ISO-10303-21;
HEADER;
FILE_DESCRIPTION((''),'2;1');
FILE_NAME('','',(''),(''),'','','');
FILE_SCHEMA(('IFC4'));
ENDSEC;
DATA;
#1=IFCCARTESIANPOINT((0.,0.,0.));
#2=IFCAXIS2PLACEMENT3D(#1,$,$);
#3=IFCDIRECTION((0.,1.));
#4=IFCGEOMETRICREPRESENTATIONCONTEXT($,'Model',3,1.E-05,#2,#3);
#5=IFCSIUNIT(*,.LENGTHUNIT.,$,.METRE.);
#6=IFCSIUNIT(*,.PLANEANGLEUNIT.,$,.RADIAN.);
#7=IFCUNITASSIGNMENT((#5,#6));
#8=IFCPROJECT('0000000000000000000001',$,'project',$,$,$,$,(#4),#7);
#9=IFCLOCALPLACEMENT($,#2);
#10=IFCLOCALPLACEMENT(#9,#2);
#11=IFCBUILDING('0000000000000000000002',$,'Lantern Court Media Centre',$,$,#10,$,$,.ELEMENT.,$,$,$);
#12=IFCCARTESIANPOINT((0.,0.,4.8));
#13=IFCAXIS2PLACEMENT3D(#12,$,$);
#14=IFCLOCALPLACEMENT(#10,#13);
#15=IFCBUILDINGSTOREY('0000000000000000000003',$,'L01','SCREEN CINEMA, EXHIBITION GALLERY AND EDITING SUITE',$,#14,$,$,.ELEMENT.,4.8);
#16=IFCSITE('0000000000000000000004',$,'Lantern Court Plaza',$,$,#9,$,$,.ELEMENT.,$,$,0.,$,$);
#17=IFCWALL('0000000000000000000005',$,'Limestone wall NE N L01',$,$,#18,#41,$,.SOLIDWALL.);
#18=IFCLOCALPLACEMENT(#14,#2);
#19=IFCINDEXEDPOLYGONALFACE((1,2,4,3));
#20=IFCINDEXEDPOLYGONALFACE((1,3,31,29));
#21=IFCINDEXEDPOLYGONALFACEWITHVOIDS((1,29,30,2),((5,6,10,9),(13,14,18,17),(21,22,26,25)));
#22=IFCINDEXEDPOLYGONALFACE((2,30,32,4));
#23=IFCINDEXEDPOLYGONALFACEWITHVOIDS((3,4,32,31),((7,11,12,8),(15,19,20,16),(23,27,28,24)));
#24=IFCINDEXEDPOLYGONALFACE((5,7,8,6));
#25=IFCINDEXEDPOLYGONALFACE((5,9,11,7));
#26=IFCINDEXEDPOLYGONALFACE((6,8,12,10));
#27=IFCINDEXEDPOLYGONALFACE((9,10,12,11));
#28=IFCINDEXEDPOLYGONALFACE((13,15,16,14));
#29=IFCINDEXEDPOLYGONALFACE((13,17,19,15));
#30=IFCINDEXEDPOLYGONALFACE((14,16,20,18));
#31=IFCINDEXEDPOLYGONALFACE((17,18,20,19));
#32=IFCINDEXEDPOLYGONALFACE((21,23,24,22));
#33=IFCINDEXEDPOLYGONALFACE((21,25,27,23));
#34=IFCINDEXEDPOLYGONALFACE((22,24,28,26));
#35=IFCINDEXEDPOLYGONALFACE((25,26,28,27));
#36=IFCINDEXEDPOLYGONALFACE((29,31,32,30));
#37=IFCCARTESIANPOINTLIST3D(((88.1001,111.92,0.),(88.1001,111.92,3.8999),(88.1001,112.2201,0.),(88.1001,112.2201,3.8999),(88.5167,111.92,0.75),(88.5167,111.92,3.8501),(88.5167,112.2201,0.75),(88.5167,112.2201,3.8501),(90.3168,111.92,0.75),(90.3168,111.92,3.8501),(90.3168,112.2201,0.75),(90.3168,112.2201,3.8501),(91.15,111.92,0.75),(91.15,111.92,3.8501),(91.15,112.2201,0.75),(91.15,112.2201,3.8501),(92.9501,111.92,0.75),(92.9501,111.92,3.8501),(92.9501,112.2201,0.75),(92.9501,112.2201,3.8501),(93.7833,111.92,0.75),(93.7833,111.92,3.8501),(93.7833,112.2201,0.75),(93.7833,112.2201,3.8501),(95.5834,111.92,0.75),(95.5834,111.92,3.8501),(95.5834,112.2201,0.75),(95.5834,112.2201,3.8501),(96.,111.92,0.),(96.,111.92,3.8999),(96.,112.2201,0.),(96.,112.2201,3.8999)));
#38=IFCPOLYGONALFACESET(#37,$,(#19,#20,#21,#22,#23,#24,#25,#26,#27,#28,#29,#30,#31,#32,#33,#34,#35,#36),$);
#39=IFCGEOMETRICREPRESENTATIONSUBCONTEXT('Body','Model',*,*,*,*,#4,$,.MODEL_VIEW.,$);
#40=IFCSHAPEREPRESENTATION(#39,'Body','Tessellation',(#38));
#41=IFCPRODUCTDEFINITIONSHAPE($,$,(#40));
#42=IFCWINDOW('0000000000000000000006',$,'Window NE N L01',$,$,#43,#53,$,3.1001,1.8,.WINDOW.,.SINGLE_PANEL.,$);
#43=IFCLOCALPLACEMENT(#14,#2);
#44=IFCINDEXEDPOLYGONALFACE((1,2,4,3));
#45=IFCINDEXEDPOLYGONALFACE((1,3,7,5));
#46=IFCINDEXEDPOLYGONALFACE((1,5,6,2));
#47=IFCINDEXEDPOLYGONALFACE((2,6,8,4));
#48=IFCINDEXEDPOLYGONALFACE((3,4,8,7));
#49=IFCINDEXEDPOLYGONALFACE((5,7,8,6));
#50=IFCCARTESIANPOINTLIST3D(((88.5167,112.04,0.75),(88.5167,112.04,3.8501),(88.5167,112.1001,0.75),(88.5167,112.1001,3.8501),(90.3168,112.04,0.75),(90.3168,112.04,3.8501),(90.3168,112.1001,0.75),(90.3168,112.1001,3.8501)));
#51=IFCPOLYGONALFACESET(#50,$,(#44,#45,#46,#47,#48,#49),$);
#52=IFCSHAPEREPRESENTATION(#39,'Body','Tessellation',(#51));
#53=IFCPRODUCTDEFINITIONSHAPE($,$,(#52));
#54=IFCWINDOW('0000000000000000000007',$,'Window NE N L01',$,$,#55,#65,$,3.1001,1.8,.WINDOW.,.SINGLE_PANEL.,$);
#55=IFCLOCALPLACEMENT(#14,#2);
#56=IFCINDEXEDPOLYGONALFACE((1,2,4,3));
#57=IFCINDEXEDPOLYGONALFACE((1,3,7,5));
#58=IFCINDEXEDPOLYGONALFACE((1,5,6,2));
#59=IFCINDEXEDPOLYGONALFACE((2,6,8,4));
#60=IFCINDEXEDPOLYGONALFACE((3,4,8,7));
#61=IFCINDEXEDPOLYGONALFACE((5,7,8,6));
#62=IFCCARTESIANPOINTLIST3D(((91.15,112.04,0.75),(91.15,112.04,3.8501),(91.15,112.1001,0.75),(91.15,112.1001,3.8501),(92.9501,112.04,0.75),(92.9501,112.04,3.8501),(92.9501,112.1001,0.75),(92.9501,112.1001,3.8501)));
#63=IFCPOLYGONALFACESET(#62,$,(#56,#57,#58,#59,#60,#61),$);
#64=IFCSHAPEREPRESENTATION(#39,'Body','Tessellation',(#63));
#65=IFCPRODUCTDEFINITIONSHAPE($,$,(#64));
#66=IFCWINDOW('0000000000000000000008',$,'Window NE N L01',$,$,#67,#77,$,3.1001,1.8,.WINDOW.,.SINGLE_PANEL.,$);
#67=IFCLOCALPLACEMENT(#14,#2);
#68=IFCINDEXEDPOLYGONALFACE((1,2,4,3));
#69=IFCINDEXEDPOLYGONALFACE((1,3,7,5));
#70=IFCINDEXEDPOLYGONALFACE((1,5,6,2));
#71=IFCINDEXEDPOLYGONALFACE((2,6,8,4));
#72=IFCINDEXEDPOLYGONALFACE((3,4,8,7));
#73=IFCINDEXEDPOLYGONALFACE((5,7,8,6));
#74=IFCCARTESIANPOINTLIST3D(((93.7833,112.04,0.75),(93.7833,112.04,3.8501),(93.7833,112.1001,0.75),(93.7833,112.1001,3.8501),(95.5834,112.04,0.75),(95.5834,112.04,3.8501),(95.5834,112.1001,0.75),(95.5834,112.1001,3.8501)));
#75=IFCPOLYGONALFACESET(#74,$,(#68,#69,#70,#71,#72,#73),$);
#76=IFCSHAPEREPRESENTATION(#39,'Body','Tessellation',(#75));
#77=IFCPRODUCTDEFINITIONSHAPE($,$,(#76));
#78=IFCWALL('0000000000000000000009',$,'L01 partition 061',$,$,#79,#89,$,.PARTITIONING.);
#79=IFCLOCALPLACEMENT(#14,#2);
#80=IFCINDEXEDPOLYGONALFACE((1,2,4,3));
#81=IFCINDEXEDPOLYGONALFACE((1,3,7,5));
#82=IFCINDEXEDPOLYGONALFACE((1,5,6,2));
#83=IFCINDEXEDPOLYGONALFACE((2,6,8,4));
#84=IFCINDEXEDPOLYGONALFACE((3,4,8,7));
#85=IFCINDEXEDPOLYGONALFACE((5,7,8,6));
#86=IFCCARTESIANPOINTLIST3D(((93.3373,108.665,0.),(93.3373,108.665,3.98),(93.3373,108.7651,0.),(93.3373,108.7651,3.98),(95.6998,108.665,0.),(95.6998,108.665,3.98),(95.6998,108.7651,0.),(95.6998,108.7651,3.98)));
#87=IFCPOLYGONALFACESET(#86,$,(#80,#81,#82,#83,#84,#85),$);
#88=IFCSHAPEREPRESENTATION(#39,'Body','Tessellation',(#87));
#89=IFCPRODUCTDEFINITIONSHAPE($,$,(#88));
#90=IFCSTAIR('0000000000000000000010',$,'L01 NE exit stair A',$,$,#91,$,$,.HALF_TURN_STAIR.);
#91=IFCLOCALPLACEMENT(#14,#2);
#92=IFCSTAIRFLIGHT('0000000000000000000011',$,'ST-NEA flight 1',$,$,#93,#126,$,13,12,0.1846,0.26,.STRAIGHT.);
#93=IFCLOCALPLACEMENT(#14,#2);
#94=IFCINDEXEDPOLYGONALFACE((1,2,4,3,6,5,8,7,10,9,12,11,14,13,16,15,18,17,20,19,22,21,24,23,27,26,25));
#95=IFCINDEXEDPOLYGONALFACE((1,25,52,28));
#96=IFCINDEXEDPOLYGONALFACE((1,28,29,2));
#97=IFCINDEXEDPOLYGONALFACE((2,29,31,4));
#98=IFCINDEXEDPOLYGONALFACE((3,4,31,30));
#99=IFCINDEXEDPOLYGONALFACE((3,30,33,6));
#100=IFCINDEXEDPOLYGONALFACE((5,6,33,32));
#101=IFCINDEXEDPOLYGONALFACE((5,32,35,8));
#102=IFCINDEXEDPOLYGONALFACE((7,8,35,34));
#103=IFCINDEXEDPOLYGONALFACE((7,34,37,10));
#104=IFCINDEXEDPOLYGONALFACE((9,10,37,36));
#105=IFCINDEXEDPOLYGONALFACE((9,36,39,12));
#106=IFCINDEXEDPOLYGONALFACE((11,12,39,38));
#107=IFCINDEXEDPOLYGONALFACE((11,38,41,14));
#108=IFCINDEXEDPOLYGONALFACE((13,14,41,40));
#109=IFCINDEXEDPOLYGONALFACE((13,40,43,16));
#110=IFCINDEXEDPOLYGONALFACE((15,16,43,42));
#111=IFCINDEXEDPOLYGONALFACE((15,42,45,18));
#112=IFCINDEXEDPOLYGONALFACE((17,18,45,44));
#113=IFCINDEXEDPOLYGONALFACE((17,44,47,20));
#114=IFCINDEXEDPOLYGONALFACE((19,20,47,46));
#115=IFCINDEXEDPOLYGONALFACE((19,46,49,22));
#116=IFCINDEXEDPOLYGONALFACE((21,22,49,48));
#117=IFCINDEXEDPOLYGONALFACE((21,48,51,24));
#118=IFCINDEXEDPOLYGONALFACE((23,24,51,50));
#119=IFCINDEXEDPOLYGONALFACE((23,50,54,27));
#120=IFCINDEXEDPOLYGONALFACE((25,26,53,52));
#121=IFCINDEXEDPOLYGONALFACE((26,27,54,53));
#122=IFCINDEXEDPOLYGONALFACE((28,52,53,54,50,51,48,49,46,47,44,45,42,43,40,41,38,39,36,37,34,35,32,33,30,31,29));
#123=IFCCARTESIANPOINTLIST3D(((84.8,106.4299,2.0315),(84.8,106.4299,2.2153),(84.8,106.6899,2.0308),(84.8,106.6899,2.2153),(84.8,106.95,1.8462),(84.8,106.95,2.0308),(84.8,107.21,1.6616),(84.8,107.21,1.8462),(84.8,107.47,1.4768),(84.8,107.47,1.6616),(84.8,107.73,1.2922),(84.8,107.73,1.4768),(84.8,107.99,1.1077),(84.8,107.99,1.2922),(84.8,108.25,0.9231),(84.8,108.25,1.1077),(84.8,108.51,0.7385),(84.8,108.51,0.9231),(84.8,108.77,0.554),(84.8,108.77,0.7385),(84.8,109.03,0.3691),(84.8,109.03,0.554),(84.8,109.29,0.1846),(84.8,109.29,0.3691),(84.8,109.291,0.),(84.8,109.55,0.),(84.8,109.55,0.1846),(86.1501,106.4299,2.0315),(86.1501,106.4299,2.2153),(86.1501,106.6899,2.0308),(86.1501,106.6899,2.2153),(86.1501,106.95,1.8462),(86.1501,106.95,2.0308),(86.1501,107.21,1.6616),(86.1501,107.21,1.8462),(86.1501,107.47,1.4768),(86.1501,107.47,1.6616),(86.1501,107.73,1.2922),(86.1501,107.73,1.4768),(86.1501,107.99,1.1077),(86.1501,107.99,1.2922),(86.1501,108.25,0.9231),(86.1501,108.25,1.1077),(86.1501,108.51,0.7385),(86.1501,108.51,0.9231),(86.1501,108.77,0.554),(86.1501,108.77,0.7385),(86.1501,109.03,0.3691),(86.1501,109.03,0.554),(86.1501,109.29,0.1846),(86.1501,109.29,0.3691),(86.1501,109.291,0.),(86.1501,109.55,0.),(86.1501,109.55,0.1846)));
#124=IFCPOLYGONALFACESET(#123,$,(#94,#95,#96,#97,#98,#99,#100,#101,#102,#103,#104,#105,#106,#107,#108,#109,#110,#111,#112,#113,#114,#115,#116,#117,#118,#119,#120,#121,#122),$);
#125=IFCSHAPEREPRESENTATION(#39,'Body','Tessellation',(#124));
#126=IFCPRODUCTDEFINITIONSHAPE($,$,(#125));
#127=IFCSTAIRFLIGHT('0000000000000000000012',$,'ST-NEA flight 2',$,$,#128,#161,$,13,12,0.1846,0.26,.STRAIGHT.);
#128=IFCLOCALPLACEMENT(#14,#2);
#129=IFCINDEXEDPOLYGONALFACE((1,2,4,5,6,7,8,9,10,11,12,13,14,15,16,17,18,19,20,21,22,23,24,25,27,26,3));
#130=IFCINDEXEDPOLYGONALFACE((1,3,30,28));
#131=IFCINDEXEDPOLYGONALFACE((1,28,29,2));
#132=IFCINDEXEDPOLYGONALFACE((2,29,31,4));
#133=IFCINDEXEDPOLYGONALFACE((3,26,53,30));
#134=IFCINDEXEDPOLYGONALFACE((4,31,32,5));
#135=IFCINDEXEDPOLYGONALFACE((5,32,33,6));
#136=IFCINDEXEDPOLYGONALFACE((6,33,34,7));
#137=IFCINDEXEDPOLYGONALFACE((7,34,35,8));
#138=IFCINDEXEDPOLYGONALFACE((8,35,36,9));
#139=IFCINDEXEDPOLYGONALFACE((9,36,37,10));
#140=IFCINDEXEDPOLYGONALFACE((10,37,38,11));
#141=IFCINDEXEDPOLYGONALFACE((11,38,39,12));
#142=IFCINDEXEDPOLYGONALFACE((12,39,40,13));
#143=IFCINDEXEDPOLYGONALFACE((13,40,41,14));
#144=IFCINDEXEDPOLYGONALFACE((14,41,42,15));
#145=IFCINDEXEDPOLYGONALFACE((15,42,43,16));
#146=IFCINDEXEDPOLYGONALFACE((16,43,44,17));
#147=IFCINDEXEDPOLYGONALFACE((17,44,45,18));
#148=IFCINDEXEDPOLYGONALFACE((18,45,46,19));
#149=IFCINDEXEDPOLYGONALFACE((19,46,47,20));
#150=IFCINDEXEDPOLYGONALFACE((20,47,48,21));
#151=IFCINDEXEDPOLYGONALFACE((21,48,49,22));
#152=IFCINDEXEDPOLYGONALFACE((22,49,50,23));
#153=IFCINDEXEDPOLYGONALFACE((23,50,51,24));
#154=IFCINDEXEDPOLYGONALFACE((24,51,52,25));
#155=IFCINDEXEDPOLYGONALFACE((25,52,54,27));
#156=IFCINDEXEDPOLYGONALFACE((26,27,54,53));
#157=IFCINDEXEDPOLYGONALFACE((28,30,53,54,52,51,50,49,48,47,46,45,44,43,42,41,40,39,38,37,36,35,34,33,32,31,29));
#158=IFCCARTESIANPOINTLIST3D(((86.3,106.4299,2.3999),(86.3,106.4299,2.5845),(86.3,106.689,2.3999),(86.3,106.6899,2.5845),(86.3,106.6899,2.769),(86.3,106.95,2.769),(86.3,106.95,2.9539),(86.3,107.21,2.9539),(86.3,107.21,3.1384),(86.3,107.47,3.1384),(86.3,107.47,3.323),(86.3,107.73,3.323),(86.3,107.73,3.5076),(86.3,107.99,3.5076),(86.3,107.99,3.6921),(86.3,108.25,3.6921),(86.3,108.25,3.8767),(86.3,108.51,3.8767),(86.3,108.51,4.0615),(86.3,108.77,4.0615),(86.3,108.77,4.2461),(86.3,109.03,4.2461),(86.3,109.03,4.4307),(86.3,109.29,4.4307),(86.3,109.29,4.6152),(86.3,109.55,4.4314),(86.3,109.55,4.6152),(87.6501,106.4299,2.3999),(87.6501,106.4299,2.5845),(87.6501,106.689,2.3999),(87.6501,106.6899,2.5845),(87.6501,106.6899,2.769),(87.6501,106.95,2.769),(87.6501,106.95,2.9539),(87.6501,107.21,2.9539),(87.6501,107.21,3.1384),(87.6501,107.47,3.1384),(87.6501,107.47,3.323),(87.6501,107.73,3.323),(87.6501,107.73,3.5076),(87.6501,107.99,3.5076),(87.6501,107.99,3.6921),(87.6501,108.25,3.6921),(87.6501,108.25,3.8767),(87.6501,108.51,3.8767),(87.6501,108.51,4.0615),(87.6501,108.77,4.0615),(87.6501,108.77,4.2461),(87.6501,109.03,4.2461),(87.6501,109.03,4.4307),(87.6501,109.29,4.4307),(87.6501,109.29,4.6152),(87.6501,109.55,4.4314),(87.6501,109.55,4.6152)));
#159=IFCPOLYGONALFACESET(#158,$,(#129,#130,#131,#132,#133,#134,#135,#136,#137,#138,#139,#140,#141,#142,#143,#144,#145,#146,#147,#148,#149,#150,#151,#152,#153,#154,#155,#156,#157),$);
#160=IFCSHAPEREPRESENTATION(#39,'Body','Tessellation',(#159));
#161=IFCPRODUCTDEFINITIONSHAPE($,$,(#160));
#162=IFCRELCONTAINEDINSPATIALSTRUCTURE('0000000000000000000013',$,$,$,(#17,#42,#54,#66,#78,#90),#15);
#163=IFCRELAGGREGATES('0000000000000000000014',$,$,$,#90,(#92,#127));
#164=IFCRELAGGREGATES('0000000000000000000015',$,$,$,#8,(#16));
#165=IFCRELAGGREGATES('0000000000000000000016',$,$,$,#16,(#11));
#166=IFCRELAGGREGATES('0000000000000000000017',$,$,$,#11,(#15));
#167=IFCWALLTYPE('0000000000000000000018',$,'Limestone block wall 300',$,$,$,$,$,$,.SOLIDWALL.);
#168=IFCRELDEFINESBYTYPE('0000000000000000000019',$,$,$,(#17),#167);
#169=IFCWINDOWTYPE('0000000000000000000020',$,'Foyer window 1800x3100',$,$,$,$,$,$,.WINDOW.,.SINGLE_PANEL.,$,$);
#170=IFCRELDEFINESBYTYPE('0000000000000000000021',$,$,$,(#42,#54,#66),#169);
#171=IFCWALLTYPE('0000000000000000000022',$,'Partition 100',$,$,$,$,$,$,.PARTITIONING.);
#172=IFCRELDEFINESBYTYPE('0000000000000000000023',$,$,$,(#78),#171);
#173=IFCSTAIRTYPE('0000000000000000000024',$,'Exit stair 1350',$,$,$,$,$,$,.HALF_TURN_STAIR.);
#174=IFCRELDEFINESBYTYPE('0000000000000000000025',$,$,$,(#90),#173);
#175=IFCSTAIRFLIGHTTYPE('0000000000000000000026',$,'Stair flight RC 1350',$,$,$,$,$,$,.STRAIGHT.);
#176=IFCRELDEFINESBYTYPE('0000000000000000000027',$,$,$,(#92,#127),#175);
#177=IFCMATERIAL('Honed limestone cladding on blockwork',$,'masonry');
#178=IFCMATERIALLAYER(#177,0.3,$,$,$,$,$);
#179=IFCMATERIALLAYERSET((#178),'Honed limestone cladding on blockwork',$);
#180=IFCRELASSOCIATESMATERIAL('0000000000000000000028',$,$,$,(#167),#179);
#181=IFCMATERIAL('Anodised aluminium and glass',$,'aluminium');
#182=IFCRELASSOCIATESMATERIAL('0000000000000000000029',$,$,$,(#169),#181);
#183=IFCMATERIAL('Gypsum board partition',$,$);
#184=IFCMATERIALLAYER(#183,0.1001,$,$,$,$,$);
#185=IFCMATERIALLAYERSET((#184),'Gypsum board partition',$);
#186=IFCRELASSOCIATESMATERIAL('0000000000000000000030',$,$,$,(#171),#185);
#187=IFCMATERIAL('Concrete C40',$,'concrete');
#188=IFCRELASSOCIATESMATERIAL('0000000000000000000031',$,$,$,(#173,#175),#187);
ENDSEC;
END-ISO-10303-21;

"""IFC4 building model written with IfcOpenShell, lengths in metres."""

from ifc_helpers import new_model, si_unit, direction, frame, frame_2d, origin, place, context, subcontext, project, spatial, polyline, rectangle, outline, extrude, material, layer, layer_set, type_object, element, fill, aggregate, save


model = new_model("IFC4")

# Units and contexts
model_context = context("Model", 3, precision=1e-05, world=origin(), true_north=direction((0.0, 1.0)))
body_context = subcontext(model_context, "Body", "Model", "MODEL_VIEW")
ifc_project = project(units=[si_unit("LENGTHUNIT", "METRE"), si_unit("PLANEANGLEUNIT", "RADIAN")], contexts=[model_context])

# Site, building, storey
site_placement = place(None, origin())
site = spatial("IfcSite", under=ifc_project, at=site_placement, Name="Lantern Court Plaza", CompositionType="ELEMENT", RefElevation=0.0)
building_placement = place(site_placement, origin())
building = spatial("IfcBuilding", under=site, at=building_placement, Name="Lantern Court Media Centre", CompositionType="ELEMENT")
storey_placement = place(building_placement, frame((0.0, 0.0, 4.8)))
storey = spatial("IfcBuildingStorey", under=building, at=storey_placement, Name="L01", Description="SCREEN CINEMA, EXHIBITION GALLERY AND EDITING SUITE", CompositionType="ELEMENT", Elevation=4.8)

# Shared definitions
ifc_material_1 = material(Name="Gypsum board partition")

# Wall, openings, windows
ifc_material_2 = material(Name="Honed limestone cladding on blockwork", Category="masonry")
ifc_layer_1 = layer(ifc_material_2, 0.3)
ifc_layer_set_1 = layer_set([ifc_layer_1], Name="Honed limestone cladding on blockwork")
wall_type_1 = type_object("IfcWallType", Name="Limestone block wall 300", PredefinedType="SOLIDWALL", material=ifc_layer_set_1)
wall_1_placement = place(storey_placement, frame((88.1001, 112.0701, 0.0), z_axis=(0.0, 0.0, 1.0), x_axis=(1.0, 0.0, 0.0)))
wall_1 = element("IfcWall", 1, at=wall_1_placement, inside=storey, type_object=wall_type_1, Name="Limestone wall NE N L01", PredefinedType="SOLIDWALL", context=body_context, shape_type="SweptSolid", body=[
    extrude(rectangle(XDim=7.8999, YDim=0.3, at=frame_2d((3.95, 0.0))), origin(), (0.0, 0.0, 1.0), 3.8999),
])
opening_1_placement = place(wall_1_placement, frame((0.4167, 0.0, 0.75)))
opening_1 = element("IfcOpeningElement", 2, at=opening_1_placement, cuts=wall_1, PredefinedType="OPENING", context=body_context, shape_type="SweptSolid", body=[
    extrude(rectangle(XDim=1.8, YDim=3.1001, at=frame_2d((0.8999, 1.55))), frame((0.0, 0.1599, 0.0), z_axis=(0.0, -1.0, 0.0), x_axis=(1.0, 0.0, 0.0)), (0.0, 0.0, 1.0), 0.3201),
])
opening_2_placement = place(wall_1_placement, frame((3.05, 0.0, 0.75)))
opening_2 = element("IfcOpeningElement", 3, at=opening_2_placement, cuts=wall_1, PredefinedType="OPENING", context=body_context, shape_type="SweptSolid", body=[
    extrude(rectangle(XDim=1.8, YDim=3.1001, at=frame_2d((0.8999, 1.55))), frame((0.0, 0.1599, 0.0), z_axis=(0.0, -1.0, 0.0), x_axis=(1.0, 0.0, 0.0)), (0.0, 0.0, 1.0), 0.3201),
])
opening_3_placement = place(wall_1_placement, frame((5.6833, 0.0, 0.75)))
opening_3 = element("IfcOpeningElement", 4, at=opening_3_placement, cuts=wall_1, PredefinedType="OPENING", context=body_context, shape_type="SweptSolid", body=[
    extrude(rectangle(XDim=1.8, YDim=3.1001, at=frame_2d((0.8999, 1.55))), frame((0.0, 0.1599, 0.0), z_axis=(0.0, -1.0, 0.0), x_axis=(1.0, 0.0, 0.0)), (0.0, 0.0, 1.0), 0.3201),
])
ifc_material_3 = material(Name="Anodised aluminium and glass", Category="aluminium")
window_type = type_object("IfcWindowType", Name="Foyer window 1800x3100", PartitioningType="SINGLE_PANEL", PredefinedType="WINDOW", material=ifc_material_3)
window_1_placement = place(opening_1_placement, origin())
window_1 = element("IfcWindow", 5, at=window_1_placement, inside=storey, type_object=window_type, Name="Window NE N L01", OverallHeight=3.1001, OverallWidth=1.8, PartitioningType="SINGLE_PANEL", PredefinedType="WINDOW", context=body_context, shape_type="SweptSolid", body=[
    extrude(rectangle(XDim=1.8, YDim=3.1001, at=frame_2d((0.8999, 1.55))), frame((0.0, 0.03, 0.0), z_axis=(0.0, -1.0, 0.0), x_axis=(1.0, 0.0, 0.0)), (0.0, 0.0, 1.0), 0.0601),
])
fill(opening_1, window_1)
window_2_placement = place(opening_2_placement, origin())
window_2 = element("IfcWindow", 6, at=window_2_placement, inside=storey, type_object=window_type, Name="Window NE N L01", OverallHeight=3.1001, OverallWidth=1.8, PartitioningType="SINGLE_PANEL", PredefinedType="WINDOW", context=body_context, shape_type="SweptSolid", body=[
    extrude(rectangle(XDim=1.8, YDim=3.1001, at=frame_2d((0.8999, 1.55))), frame((0.0, 0.03, 0.0), z_axis=(0.0, -1.0, 0.0), x_axis=(1.0, 0.0, 0.0)), (0.0, 0.0, 1.0), 0.0601),
])
fill(opening_2, window_2)
window_3_placement = place(opening_3_placement, origin())
window_3 = element("IfcWindow", 7, at=window_3_placement, inside=storey, type_object=window_type, Name="Window NE N L01", OverallHeight=3.1001, OverallWidth=1.8, PartitioningType="SINGLE_PANEL", PredefinedType="WINDOW", context=body_context, shape_type="SweptSolid", body=[
    extrude(rectangle(XDim=1.8, YDim=3.1001, at=frame_2d((0.8999, 1.55))), frame((0.0, 0.03, 0.0), z_axis=(0.0, -1.0, 0.0), x_axis=(1.0, 0.0, 0.0)), (0.0, 0.0, 1.0), 0.0601),
])
fill(opening_3, window_3)

# Wall
ifc_layer_2 = layer(ifc_material_1, 0.1001)
ifc_layer_set_2 = layer_set([ifc_layer_2], Name="Gypsum board partition")
wall_type_2 = type_object("IfcWallType", Name="Partition 100", PredefinedType="PARTITIONING", material=ifc_layer_set_2)
wall_2_placement = place(storey_placement, frame((93.3374, 108.7151, 0.0), z_axis=(0.0, 0.0, 1.0), x_axis=(1.0, 0.0, 0.0)))
element("IfcWall", 8, at=wall_2_placement, inside=storey, type_object=wall_type_2, Name="L01 partition 061", PredefinedType="PARTITIONING", context=body_context, shape_type="SweptSolid", body=[
    extrude(rectangle(XDim=2.3625, YDim=0.1001, at=frame_2d((1.1812, 0.0))), origin(), (0.0, 0.0, 1.0), 3.98),
])

# Stair, stair flights
ifc_material_4 = material(Name="Concrete C40", Category="concrete")
stair_type = type_object("IfcStairType", Name="Exit stair 1350", PredefinedType="HALF_TURN_STAIR", material=ifc_material_4)
stair_placement = place(storey_placement, origin())
stair = element("IfcStair", 9, at=stair_placement, inside=storey, type_object=stair_type, Name="L01 NE exit stair A", PredefinedType="HALF_TURN_STAIR")
stair_flight_type = type_object("IfcStairFlightType", Name="Stair flight RC 1350", PredefinedType="STRAIGHT", material=ifc_material_4)
stair_flight_1_placement = place(storey_placement, frame((85.4751, 109.55, 0.0), z_axis=(0.0, 0.0, 1.0), x_axis=(0.0, -1.0, 0.0)))
stair_flight_1 = element("IfcStairFlight", 10, at=stair_flight_1_placement, type_object=stair_flight_type, Name="ST-NEA flight 1", NumberOfRisers=13, NumberOfTreads=12, PredefinedType="STRAIGHT", RiserHeight=0.1846, TreadLength=0.26, context=body_context, shape_type="SweptSolid", body=[
    extrude(outline(polyline([(0.0, 0.0), (0.0, 0.1846), (0.26, 0.1846), (0.26, 0.3691), (0.52, 0.3691), (0.52, 0.554), (0.78, 0.554), (0.78, 0.7385), (1.04, 0.7385), (1.04, 0.9231), (1.3, 0.9231), (1.3, 1.1077), (1.5601, 1.1077), (1.5601, 1.2922), (1.8201, 1.2922), (1.8201, 1.4768), (2.0801, 1.4768), (2.0801, 1.6616), (2.3401, 1.6616), (2.3401, 1.8462), (2.6001, 1.8462), (2.6001, 2.0308), (2.8601, 2.0308), (2.8601, 2.2153), (3.1201, 2.2153), (3.1201, 2.3999), (3.1201, 2.0315), (0.259, 0.0), (0.0, 0.0)])), frame((0.0, 0.675, 0.0), z_axis=(0.0, -1.0, 0.0), x_axis=(1.0, 0.0, 0.0)), (0.0, 0.0, 1.0), 1.3501),
])
stair_flight_2_placement = place(storey_placement, frame((86.9751, 106.4299, 2.3999), z_axis=(0.0, 0.0, 1.0), x_axis=(0.0, 1.0, 0.0)))
stair_flight_2 = element("IfcStairFlight", 11, at=stair_flight_2_placement, type_object=stair_flight_type, Name="ST-NEA flight 2", NumberOfRisers=13, NumberOfTreads=12, PredefinedType="STRAIGHT", RiserHeight=0.1846, TreadLength=0.26, context=body_context, shape_type="SweptSolid", body=[
    extrude(outline(polyline([(0.0, 0.0), (0.0, 0.1846), (0.26, 0.1846), (0.26, 0.3691), (0.52, 0.3691), (0.52, 0.554), (0.78, 0.554), (0.78, 0.7385), (1.04, 0.7385), (1.04, 0.9231), (1.3, 0.9231), (1.3, 1.1077), (1.5601, 1.1077), (1.5601, 1.2922), (1.8201, 1.2922), (1.8201, 1.4768), (2.0801, 1.4768), (2.0801, 1.6616), (2.3401, 1.6616), (2.3401, 1.8462), (2.6001, 1.8462), (2.6001, 2.0308), (2.8601, 2.0308), (2.8601, 2.2153), (3.1201, 2.2153), (3.1201, 2.3999), (3.1201, 2.0315), (0.259, 0.0), (0.0, 0.0)])), frame((0.0, 0.675, 0.0), z_axis=(0.0, -1.0, 0.0), x_axis=(1.0, 0.0, 0.0)), (0.0, 0.0, 1.0), 1.3501),
])
aggregate(stair, [stair_flight_1, stair_flight_2])

save(model, "model.ifc")
